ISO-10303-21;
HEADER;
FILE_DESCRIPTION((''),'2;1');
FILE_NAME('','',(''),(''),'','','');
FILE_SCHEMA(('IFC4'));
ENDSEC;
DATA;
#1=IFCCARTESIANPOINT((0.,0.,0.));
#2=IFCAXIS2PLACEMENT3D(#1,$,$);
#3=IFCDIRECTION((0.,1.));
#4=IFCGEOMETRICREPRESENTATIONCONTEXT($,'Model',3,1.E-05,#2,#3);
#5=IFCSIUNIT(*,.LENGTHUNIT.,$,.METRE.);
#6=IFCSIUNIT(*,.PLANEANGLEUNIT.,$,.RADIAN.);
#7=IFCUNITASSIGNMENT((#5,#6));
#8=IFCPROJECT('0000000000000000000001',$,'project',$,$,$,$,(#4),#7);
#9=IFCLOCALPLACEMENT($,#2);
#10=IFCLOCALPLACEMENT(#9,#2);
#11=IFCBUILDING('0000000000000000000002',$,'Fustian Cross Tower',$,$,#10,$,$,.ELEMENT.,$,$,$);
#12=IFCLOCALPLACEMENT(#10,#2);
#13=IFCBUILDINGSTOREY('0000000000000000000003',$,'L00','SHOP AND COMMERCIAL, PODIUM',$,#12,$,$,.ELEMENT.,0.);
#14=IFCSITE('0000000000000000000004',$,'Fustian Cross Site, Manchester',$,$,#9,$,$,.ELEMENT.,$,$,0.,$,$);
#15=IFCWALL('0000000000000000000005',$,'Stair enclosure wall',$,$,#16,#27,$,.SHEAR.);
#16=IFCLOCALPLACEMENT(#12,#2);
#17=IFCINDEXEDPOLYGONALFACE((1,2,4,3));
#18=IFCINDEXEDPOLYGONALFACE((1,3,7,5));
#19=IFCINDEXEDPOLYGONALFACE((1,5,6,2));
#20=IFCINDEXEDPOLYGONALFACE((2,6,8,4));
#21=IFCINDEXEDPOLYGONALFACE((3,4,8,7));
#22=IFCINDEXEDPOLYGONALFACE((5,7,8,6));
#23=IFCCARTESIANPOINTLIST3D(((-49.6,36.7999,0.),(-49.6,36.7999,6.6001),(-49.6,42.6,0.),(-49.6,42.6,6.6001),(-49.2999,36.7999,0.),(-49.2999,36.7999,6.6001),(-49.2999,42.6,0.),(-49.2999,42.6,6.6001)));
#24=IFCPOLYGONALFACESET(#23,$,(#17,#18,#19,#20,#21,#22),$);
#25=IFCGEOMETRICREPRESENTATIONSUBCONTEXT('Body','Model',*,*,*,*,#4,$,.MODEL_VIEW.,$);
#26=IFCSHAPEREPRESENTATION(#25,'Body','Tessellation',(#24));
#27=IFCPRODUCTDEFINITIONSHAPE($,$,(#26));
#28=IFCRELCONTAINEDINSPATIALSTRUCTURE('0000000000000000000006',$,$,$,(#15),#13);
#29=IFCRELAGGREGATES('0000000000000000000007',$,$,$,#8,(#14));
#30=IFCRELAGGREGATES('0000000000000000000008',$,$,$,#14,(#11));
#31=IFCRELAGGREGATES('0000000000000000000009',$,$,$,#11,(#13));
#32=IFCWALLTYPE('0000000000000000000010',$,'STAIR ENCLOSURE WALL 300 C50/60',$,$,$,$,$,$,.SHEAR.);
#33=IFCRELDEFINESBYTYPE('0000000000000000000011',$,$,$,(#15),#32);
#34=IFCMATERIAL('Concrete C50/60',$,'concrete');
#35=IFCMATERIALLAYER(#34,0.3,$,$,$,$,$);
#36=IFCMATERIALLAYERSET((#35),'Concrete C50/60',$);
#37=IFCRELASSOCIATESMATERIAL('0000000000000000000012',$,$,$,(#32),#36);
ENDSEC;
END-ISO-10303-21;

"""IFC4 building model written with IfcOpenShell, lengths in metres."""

from ifc_helpers import new_model, si_unit, direction, frame, frame_2d, origin, place, context, subcontext, project, spatial, rectangle, extrude, material, layer, layer_set, type_object, element, save


model = new_model("IFC4")

# Units and contexts
model_context = context("Model", 3, precision=1e-05, world=origin(), true_north=direction((0.0, 1.0)))
body_context = subcontext(model_context, "Body", "Model", "MODEL_VIEW")
ifc_project = project(units=[si_unit("LENGTHUNIT", "METRE"), si_unit("PLANEANGLEUNIT", "RADIAN")], contexts=[model_context])

# Site, building, storey
site_placement = place(None, origin())
site = spatial("IfcSite", under=ifc_project, at=site_placement, Name="Fustian Cross Site, Manchester", CompositionType="ELEMENT", RefElevation=0.0)
building_placement = place(site_placement, origin())
building = spatial("IfcBuilding", under=site, at=building_placement, Name="Fustian Cross Tower", CompositionType="ELEMENT")
storey_placement = place(building_placement, origin())
storey = spatial("IfcBuildingStorey", under=building, at=storey_placement, Name="L00", Description="SHOP AND COMMERCIAL, PODIUM", CompositionType="ELEMENT", Elevation=0.0)

# Shared definitions
ifc_material_1 = material(Name="Concrete C50/60", Category="concrete")
ifc_layer_1 = layer(ifc_material_1, 0.3)
ifc_layer_set_1 = layer_set([ifc_layer_1], Name="Concrete C50/60")
wall_type_1 = type_object("IfcWallType", Name="STAIR ENCLOSURE WALL 300 C50/60", PredefinedType="SHEAR", material=ifc_layer_set_1)

# Wall
wall_1_placement = place(storey_placement, frame((-49.45, 36.8, 0.0), z_axis=(0.0, 0.0, 1.0), x_axis=(0.0, 1.0, 0.0)))
element("IfcWall", 1, at=wall_1_placement, inside=storey, type_object=wall_type_1, Name="Stair enclosure wall", PredefinedType="SHEAR", context=body_context, shape_type="SweptSolid", body=[
    extrude(rectangle(XDim=5.8, YDim=0.3, at=frame_2d((2.8999, 0.0))), origin(), (0.0, 0.0, 1.0), 6.6001),
])

save(model, "model.ifc")
